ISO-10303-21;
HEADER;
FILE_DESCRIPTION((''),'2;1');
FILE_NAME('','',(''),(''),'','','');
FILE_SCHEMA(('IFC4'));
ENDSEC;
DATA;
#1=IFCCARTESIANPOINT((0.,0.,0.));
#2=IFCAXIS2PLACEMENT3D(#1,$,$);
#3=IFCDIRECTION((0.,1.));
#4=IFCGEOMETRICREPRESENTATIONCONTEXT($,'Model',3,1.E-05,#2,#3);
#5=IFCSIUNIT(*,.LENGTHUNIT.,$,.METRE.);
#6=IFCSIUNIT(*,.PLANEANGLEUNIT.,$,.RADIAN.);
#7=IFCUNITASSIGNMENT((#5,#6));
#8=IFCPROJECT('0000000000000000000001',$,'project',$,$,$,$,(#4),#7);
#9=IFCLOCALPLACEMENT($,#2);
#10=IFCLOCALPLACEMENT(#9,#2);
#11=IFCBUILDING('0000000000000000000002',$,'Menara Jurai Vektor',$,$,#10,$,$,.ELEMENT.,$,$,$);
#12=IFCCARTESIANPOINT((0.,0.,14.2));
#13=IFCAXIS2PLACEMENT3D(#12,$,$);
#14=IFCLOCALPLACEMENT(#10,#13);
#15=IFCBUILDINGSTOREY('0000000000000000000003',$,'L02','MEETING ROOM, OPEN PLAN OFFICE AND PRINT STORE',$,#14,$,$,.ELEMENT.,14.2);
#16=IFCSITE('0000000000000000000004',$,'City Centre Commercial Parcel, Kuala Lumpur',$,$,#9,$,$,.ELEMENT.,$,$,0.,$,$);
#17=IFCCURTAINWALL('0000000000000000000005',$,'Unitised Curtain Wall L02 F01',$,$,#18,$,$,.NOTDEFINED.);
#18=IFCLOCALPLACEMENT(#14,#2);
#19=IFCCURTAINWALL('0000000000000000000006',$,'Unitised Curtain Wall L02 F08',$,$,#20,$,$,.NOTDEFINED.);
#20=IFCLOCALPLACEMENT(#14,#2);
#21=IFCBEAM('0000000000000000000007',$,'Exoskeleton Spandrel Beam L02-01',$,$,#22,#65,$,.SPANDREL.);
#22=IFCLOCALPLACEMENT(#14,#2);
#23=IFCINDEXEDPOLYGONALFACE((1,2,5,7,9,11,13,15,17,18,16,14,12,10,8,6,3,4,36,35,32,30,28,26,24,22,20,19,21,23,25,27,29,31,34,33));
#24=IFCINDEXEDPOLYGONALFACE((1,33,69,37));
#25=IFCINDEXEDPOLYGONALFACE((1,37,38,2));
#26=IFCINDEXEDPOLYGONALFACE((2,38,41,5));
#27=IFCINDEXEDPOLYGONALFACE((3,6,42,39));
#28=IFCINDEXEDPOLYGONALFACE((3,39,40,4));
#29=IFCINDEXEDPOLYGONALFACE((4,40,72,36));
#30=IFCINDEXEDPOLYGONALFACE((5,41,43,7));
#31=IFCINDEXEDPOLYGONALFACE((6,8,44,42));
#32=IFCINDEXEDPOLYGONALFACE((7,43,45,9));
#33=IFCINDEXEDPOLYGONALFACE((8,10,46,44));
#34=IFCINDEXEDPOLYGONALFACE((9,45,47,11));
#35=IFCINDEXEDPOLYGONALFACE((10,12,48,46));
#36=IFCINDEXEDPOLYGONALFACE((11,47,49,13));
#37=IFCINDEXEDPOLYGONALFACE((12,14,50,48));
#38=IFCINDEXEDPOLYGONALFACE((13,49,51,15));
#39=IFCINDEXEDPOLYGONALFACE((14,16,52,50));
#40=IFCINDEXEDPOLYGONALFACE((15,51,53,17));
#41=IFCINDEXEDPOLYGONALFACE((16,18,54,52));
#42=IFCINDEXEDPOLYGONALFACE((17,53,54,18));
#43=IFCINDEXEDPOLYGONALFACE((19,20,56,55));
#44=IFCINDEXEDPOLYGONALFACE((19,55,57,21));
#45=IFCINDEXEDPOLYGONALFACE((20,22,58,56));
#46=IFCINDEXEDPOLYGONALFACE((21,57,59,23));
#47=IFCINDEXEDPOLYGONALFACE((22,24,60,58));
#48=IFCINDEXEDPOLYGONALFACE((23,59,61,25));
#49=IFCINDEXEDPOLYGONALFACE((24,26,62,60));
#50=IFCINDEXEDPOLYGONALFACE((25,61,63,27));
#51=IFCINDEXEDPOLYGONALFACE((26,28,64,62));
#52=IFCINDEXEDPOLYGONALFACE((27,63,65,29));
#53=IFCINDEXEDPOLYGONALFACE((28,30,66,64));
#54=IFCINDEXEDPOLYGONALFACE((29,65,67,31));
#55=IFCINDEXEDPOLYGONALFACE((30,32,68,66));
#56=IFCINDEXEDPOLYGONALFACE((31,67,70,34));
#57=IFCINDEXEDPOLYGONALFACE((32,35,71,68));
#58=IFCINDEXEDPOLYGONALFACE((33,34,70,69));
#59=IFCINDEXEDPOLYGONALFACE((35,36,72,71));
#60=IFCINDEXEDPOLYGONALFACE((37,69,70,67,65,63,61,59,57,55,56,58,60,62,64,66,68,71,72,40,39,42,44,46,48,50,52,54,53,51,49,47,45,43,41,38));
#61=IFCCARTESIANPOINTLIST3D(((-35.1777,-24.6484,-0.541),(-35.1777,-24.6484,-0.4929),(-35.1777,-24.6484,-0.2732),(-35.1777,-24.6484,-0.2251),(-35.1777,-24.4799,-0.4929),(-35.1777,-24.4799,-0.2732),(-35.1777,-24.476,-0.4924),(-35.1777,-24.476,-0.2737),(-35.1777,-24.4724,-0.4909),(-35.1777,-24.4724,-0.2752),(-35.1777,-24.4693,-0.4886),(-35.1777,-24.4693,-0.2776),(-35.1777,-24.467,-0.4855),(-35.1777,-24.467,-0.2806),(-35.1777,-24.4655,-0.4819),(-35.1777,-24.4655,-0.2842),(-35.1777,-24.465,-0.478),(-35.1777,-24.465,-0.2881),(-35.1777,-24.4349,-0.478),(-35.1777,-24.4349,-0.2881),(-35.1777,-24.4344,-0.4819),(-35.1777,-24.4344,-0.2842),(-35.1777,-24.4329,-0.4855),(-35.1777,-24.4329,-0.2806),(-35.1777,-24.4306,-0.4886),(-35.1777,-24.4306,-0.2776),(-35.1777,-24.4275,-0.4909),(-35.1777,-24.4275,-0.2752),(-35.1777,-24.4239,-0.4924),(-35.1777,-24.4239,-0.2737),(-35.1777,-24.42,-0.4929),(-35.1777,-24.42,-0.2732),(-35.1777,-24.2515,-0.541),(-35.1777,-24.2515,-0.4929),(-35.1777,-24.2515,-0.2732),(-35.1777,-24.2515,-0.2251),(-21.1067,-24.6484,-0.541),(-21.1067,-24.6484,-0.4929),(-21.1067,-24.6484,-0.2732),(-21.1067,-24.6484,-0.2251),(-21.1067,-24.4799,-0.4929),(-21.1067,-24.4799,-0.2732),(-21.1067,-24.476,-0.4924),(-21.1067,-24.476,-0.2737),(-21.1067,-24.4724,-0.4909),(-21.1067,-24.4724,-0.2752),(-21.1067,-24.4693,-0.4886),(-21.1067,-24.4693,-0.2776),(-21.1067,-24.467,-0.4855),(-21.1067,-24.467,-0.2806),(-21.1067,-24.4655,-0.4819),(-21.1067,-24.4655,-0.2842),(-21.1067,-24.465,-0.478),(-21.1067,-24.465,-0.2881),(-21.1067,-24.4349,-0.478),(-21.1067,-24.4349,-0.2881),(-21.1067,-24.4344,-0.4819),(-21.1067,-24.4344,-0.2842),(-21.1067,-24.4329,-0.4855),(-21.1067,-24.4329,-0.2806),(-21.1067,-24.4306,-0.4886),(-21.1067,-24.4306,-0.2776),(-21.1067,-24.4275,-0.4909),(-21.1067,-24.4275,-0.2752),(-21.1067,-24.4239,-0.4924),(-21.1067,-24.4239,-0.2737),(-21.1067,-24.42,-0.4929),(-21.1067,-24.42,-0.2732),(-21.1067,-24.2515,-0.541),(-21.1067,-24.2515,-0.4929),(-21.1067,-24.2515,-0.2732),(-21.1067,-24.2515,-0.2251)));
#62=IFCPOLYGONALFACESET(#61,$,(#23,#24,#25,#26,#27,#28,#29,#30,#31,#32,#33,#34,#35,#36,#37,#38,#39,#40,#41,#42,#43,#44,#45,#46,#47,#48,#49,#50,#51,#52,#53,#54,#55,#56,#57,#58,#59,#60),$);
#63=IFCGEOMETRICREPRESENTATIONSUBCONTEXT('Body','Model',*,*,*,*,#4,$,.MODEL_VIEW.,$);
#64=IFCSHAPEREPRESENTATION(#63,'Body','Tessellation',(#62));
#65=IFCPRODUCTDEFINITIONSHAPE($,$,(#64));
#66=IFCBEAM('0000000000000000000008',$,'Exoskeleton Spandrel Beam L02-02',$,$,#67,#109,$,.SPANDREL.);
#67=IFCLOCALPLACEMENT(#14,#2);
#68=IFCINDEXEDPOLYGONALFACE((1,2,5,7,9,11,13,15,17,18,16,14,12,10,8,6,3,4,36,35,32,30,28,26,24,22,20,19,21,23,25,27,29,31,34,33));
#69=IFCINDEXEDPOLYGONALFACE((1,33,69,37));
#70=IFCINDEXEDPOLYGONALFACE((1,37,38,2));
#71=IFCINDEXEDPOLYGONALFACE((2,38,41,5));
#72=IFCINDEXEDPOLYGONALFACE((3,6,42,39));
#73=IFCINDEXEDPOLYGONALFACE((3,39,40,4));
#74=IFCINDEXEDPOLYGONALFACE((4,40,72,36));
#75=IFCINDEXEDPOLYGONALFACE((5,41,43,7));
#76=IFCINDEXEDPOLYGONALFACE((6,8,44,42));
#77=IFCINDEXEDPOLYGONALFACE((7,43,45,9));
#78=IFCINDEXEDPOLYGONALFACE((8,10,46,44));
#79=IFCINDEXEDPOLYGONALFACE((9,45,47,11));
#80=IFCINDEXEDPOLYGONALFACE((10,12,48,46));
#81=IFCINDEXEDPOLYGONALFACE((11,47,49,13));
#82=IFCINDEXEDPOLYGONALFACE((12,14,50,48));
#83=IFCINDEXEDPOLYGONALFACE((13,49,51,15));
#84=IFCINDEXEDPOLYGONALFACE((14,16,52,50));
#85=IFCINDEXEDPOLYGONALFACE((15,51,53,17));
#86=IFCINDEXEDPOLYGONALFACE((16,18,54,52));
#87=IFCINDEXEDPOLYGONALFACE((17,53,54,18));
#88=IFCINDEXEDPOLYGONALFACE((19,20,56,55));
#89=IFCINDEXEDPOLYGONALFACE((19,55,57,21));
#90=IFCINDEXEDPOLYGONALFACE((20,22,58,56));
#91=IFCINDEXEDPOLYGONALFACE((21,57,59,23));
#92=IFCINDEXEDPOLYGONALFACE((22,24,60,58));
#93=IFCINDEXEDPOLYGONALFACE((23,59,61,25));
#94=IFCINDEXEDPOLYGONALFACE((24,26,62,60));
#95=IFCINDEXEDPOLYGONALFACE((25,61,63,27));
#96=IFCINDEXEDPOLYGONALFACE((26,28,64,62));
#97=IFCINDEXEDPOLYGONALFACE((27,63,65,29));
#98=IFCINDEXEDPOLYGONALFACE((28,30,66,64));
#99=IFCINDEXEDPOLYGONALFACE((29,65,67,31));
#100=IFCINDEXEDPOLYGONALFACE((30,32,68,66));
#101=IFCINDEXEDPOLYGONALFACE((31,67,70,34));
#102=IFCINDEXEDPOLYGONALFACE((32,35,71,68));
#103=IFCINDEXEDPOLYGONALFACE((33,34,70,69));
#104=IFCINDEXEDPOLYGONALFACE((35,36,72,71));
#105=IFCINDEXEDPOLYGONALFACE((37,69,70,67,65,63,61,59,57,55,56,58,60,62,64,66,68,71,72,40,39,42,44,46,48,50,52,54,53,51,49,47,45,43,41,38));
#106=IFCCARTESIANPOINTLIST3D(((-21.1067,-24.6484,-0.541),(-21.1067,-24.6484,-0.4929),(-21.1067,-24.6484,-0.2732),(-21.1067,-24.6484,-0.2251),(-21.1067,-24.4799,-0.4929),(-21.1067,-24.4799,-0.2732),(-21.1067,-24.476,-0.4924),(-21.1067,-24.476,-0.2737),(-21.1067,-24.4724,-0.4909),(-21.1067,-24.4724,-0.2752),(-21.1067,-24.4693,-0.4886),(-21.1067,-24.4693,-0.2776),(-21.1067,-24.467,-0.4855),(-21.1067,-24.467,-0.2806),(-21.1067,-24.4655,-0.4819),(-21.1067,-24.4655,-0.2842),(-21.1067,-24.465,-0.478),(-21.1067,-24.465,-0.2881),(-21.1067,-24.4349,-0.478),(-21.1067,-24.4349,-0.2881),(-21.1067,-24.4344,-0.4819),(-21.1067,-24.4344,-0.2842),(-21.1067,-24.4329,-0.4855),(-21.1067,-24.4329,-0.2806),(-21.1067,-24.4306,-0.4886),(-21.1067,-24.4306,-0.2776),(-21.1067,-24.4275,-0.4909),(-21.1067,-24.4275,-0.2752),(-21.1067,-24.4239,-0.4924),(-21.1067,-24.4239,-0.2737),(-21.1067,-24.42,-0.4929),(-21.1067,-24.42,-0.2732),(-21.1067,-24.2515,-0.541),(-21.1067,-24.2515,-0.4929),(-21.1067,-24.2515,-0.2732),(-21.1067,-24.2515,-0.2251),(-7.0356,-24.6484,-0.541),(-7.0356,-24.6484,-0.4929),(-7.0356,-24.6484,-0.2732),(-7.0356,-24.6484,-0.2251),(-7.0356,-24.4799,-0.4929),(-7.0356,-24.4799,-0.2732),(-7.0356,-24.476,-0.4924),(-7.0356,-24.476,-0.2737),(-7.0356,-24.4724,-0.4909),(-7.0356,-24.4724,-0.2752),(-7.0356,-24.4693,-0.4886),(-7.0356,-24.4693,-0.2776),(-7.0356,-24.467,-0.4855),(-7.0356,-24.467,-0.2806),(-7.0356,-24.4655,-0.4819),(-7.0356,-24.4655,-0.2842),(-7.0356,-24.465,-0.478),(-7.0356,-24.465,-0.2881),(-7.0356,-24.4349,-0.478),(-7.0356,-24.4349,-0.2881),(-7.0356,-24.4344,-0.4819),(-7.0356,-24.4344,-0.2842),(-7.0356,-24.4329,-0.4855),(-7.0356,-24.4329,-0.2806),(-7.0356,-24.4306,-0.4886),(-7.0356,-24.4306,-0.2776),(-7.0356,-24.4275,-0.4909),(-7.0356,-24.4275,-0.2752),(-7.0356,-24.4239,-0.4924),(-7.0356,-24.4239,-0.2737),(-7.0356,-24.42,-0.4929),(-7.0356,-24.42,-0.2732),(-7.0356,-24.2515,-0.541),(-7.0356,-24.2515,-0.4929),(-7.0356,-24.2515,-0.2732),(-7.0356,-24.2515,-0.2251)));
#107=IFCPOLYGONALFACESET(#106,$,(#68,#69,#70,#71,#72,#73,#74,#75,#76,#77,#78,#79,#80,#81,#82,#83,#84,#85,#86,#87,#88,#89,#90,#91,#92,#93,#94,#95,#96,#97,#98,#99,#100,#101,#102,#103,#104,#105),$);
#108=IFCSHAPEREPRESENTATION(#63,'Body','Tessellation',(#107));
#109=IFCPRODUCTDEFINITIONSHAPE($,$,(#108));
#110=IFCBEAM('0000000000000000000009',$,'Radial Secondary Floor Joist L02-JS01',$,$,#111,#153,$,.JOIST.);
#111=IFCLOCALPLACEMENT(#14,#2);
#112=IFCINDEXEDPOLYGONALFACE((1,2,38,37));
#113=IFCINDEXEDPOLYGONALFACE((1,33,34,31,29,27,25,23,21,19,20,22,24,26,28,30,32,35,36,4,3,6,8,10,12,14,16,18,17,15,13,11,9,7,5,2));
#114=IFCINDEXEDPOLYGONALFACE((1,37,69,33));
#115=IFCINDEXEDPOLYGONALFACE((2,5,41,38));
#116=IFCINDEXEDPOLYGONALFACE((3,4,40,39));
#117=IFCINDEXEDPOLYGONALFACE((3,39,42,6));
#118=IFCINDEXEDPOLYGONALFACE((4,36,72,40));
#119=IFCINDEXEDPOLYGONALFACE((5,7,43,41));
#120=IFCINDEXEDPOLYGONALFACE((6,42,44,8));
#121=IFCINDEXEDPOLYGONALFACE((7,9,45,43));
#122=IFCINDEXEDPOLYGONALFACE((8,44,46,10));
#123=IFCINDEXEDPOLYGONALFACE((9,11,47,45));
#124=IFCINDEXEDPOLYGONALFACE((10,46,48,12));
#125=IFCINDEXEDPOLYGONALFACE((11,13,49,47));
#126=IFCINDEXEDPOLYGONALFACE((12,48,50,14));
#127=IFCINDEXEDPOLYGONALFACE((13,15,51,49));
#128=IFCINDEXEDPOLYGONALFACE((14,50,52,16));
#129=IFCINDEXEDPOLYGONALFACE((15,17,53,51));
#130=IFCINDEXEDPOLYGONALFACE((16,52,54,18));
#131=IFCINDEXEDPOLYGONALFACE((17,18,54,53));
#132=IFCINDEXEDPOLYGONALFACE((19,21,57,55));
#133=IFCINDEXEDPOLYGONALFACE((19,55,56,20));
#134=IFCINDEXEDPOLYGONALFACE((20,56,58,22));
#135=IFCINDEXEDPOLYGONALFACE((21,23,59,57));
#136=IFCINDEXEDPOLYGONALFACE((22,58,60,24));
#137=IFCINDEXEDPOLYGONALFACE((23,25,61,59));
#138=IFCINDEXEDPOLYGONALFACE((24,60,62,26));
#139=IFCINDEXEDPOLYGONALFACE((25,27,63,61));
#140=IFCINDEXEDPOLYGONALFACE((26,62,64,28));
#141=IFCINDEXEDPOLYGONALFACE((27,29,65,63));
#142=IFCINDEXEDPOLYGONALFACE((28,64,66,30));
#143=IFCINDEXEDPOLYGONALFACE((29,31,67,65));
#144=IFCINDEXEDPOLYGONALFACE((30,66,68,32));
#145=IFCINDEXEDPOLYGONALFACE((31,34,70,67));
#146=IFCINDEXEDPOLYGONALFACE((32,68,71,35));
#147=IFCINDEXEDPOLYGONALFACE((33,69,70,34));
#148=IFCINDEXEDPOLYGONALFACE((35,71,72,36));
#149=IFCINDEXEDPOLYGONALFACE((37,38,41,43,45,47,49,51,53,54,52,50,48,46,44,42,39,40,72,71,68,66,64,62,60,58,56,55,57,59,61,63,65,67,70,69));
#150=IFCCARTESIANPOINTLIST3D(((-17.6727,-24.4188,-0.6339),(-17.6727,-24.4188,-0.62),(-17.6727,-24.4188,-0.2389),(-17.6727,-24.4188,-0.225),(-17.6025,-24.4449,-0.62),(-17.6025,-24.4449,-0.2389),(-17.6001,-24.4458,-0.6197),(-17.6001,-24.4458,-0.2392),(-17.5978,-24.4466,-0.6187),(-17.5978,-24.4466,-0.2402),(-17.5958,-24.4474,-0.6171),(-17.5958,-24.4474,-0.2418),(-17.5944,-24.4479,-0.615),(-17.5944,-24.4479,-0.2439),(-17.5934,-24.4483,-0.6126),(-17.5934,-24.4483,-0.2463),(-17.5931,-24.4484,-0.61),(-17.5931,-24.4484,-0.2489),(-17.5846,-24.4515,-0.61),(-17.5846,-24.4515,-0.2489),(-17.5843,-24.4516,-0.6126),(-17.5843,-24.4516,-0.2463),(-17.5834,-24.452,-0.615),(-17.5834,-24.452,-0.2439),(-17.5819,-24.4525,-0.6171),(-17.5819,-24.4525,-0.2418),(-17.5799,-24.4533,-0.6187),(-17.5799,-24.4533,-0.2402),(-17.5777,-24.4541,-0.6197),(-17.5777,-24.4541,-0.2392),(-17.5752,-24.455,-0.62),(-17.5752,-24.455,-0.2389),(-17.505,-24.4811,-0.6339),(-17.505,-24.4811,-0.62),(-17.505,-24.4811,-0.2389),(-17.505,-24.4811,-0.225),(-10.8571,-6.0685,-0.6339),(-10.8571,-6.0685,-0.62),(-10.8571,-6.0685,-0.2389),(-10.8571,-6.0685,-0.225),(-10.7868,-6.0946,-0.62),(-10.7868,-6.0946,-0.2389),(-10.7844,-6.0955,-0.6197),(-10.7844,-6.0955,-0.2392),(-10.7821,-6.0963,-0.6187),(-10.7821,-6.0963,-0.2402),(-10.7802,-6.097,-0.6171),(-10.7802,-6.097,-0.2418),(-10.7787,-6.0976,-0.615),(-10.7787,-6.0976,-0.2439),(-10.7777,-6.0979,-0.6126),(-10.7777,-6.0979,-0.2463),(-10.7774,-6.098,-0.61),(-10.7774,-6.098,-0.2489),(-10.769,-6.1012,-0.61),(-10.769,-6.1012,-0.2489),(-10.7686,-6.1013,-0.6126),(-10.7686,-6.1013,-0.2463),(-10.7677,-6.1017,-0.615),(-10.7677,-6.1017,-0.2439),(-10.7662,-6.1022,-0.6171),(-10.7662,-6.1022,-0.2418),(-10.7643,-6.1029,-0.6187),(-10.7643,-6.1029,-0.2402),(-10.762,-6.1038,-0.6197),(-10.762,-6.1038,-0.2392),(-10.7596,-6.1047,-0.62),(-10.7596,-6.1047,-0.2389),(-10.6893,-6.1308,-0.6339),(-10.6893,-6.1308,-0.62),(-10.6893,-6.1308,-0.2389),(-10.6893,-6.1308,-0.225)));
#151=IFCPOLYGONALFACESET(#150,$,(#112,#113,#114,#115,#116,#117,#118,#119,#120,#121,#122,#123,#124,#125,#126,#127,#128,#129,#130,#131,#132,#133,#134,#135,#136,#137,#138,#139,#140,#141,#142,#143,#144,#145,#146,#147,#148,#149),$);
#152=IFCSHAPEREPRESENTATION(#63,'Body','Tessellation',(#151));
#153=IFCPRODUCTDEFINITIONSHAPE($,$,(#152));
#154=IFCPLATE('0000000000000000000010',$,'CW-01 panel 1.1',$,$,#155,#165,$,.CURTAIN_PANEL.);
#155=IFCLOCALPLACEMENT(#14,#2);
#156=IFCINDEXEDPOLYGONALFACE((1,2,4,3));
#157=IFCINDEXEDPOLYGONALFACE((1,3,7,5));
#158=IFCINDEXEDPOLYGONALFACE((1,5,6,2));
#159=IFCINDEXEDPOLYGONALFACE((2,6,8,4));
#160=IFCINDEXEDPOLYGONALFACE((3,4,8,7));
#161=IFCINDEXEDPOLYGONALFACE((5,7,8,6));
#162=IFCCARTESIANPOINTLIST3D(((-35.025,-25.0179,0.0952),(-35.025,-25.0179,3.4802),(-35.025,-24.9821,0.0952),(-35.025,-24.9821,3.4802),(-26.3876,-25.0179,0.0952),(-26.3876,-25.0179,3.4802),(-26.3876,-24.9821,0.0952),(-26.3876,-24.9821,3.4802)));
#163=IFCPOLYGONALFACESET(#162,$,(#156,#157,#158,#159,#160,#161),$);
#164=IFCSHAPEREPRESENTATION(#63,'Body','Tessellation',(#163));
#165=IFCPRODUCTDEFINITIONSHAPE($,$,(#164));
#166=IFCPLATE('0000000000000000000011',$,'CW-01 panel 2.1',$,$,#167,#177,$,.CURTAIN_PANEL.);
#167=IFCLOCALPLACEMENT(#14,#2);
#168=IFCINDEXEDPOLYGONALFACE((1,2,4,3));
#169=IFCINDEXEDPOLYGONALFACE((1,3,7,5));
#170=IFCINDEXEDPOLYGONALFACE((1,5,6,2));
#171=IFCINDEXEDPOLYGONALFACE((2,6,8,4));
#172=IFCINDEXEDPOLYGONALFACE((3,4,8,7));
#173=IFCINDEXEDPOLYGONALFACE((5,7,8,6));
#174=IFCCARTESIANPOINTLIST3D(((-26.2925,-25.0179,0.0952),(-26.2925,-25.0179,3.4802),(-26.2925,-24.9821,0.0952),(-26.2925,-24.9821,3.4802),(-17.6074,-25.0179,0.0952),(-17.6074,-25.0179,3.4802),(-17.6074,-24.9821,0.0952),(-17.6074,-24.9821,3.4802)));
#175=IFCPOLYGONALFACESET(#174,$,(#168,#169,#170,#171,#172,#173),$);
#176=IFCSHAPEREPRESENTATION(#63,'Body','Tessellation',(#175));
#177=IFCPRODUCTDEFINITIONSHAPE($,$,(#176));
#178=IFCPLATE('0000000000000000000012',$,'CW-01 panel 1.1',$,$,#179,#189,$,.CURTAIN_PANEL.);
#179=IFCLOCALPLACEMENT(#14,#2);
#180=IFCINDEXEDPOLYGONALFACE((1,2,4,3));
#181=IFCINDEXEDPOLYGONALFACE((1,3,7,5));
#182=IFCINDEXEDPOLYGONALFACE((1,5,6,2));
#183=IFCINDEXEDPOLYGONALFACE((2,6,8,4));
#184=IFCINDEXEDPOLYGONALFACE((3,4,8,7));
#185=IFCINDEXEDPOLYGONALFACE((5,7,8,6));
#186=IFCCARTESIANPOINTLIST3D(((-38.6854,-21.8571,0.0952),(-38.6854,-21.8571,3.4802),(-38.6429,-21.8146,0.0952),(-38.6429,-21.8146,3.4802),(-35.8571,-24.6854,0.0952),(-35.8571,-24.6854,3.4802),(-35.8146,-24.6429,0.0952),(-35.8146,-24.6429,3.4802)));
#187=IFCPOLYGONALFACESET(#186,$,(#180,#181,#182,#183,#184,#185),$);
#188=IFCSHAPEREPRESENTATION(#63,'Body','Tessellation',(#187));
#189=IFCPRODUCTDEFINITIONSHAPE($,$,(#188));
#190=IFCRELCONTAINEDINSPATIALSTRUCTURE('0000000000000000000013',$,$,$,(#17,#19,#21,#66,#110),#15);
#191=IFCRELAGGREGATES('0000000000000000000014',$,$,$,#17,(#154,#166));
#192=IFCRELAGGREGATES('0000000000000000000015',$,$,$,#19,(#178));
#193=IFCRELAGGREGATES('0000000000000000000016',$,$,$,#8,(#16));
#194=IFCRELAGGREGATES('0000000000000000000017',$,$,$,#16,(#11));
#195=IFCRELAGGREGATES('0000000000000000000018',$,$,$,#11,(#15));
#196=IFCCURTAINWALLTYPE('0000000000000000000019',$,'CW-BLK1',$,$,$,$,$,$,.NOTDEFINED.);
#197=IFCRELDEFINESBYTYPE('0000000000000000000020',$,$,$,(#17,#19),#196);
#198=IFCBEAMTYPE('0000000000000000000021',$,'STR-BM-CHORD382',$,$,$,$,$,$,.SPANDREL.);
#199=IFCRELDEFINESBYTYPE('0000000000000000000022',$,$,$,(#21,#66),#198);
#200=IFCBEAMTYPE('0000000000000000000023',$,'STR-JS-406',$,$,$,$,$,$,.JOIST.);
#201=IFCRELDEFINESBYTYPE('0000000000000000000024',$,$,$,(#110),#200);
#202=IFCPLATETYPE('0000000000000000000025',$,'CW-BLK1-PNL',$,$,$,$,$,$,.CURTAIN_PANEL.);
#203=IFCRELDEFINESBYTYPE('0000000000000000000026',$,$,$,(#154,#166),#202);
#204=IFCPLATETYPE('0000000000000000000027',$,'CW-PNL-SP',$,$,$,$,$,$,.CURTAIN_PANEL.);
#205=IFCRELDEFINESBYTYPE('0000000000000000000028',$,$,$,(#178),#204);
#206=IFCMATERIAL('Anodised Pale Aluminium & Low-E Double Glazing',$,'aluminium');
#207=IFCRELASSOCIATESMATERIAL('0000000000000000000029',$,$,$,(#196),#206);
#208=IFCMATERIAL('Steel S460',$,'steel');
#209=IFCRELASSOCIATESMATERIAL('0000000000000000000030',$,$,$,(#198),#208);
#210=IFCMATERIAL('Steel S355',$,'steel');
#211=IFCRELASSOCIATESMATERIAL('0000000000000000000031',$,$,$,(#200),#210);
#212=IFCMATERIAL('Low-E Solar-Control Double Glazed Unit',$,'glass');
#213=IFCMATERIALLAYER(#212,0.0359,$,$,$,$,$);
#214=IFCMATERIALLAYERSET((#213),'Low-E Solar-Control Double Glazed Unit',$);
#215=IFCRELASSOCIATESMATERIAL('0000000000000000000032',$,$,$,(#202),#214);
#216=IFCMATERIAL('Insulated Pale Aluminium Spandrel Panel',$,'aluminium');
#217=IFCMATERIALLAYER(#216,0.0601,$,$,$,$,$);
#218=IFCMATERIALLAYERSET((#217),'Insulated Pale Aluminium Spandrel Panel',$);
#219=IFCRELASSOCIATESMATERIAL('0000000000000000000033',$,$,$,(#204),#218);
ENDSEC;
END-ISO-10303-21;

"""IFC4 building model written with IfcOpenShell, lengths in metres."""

from ifc_helpers import new_model, si_unit, direction, frame, origin, origin_2d, place, context, subcontext, project, spatial, rectangle, i_section, extrude, material, layer, layer_set, material_profile, profile_set, type_object, element, aggregate, save


model = new_model("IFC4")

# Units and contexts
model_context = context("Model", 3, precision=1e-05, world=origin(), true_north=direction((0.0, 1.0)))
body_context = subcontext(model_context, "Body", "Model", "MODEL_VIEW")
ifc_project = project(units=[si_unit("LENGTHUNIT", "METRE"), si_unit("PLANEANGLEUNIT", "RADIAN")], contexts=[model_context])

# Site, building, storey
site_placement = place(None, origin())
site = spatial("IfcSite", under=ifc_project, at=site_placement, Name="City Centre Commercial Parcel, Kuala Lumpur", CompositionType="ELEMENT", RefElevation=0.0)
building_placement = place(site_placement, origin())
building = spatial("IfcBuilding", under=site, at=building_placement, Name="Menara Jurai Vektor", CompositionType="ELEMENT")
storey_placement = place(building_placement, frame((0.0, 0.0, 14.2)))
storey = spatial("IfcBuildingStorey", under=building, at=storey_placement, Name="L02", Description="MEETING ROOM, OPEN PLAN OFFICE AND PRINT STORE", CompositionType="ELEMENT", Elevation=14.2)

# Shared definitions
ifc_material_1 = material(Name="Steel S460", Category="steel")

# Curtain wall
ifc_material_2 = material(Name="Anodised Pale Aluminium & Low-E Double Glazing", Category="aluminium")
curtain_wall_type = type_object("IfcCurtainWallType", Name="CW-BLK1", PredefinedType="NOTDEFINED", material=ifc_material_2)
curtain_wall_1_placement = place(storey_placement, origin())
curtain_wall_1 = element("IfcCurtainWall", 1, at=curtain_wall_1_placement, inside=storey, type_object=curtain_wall_type, Name="Unitised Curtain Wall L02 F01", PredefinedType="NOTDEFINED")

# Curtain wall
curtain_wall_2_placement = place(storey_placement, origin())
curtain_wall_2 = element("IfcCurtainWall", 2, at=curtain_wall_2_placement, inside=storey, type_object=curtain_wall_type, Name="Unitised Curtain Wall L02 F08", PredefinedType="NOTDEFINED")

# Beams
ifc_material_3 = material(Name="Steel S355", Category="steel")
ifc_material_profile_1 = material_profile(ifc_material_1, i_section(OverallWidth=0.397, OverallDepth=0.3159, WebThickness=0.03, FlangeThickness=0.0481, FilletRadius=0.0149, at=origin_2d()), Name="HD 400x382")
ifc_profile_set_1 = profile_set([ifc_material_profile_1], Name="Steel S460")
beam_type_1 = type_object("IfcBeamType", Name="STR-BM-CHORD382", PredefinedType="SPANDREL", material=ifc_profile_set_1)
for number, where, z_axis, x_axis, name in (
    (3, (-35.1777, -24.45, -0.3831), (1.0, 0.0, 0.0), (0.0, 1.0, 0.0), "Exoskeleton Spandrel Beam L02-01"),
    (4, (-21.1067, -24.45, -0.3831), (1.0, 0.0, 0.0), (0.0, 1.0, 0.0), "Exoskeleton Spandrel Beam L02-02"),
):
    element("IfcBeam", number, at=place(storey_placement, frame(where, z_axis=z_axis, x_axis=x_axis)), inside=storey, type_object=beam_type_1, Name=name, PredefinedType="SPANDREL", context=body_context, shape_type="SweptSolid", body=[
        extrude(i_section(OverallWidth=0.397, OverallDepth=0.3159, WebThickness=0.03, FlangeThickness=0.0481, FilletRadius=0.0149, at=origin_2d()), origin(), (0.0, 0.0, 1.0), 14.071),
    ])
ifc_material_profile_2 = material_profile(ifc_material_3, i_section(OverallWidth=0.179, OverallDepth=0.4089, WebThickness=0.009, FlangeThickness=0.0139, FilletRadius=0.01, at=origin_2d()), Name="UKB 406x178x67")
ifc_profile_set_2 = profile_set([ifc_material_profile_2], Name="Steel S355")
beam_type_2 = type_object("IfcBeamType", Name="STR-JS-406", PredefinedType="JOIST", material=ifc_profile_set_2)
beam_1_placement = place(storey_placement, frame((-17.5889, -24.45, -0.4294), z_axis=(0.348179, 0.937428, 0.0), x_axis=(-0.937428, 0.348179, 0.0)))
element("IfcBeam", 5, at=beam_1_placement, inside=storey, type_object=beam_type_2, Name="Radial Secondary Floor Joist L02-JS01", PredefinedType="JOIST", context=body_context, shape_type="SweptSolid", body=[
    extrude(i_section(OverallWidth=0.179, OverallDepth=0.4089, WebThickness=0.009, FlangeThickness=0.0139, FilletRadius=0.01, at=origin_2d()), origin(), (0.0, 0.0, 1.0), 19.5752),
])

# Plates
ifc_material_4 = material(Name="Low-E Solar-Control Double Glazed Unit", Category="glass")
ifc_layer_1 = layer(ifc_material_4, 0.0359)
ifc_layer_set_1 = layer_set([ifc_layer_1], Name="Low-E Solar-Control Double Glazed Unit")
plate_type_1 = type_object("IfcPlateType", Name="CW-BLK1-PNL", PredefinedType="CURTAIN_PANEL", material=ifc_layer_set_1)
plate_1_placement = place(storey_placement, frame((-30.7063, -25.0, 0.0952), z_axis=(0.0, 0.0, 1.0), x_axis=(1.0, 0.0, 0.0)))
plate_1 = element("IfcPlate", 6, at=plate_1_placement, type_object=plate_type_1, Name="CW-01 panel 1.1", PredefinedType="CURTAIN_PANEL", context=body_context, shape_type="SweptSolid", body=[
    extrude(rectangle(XDim=8.6375, YDim=0.0359, at=origin_2d()), origin(), (0.0, 0.0, 1.0), 3.385),
])
plate_2_placement = place(storey_placement, frame((-21.95, -25.0, 0.0952), z_axis=(0.0, 0.0, 1.0), x_axis=(1.0, 0.0, 0.0)))
plate_2 = element("IfcPlate", 7, at=plate_2_placement, type_object=plate_type_1, Name="CW-01 panel 2.1", PredefinedType="CURTAIN_PANEL", context=body_context, shape_type="SweptSolid", body=[
    extrude(rectangle(XDim=8.6851, YDim=0.0359, at=origin_2d()), origin(), (0.0, 0.0, 1.0), 3.385),
])
aggregate(curtain_wall_1, [plate_1, plate_2])
ifc_material_5 = material(Name="Insulated Pale Aluminium Spandrel Panel", Category="aluminium")
ifc_layer_2 = layer(ifc_material_5, 0.0601)
ifc_layer_set_2 = layer_set([ifc_layer_2], Name="Insulated Pale Aluminium Spandrel Panel")
plate_type_2 = type_object("IfcPlateType", Name="CW-PNL-SP", PredefinedType="CURTAIN_PANEL", material=ifc_layer_set_2)
plate_3_placement = place(storey_placement, frame((-37.25, -23.25, 0.0952), z_axis=(0.0, 0.0, 1.0), x_axis=(0.707107, -0.707107, 0.0)))
plate_3 = element("IfcPlate", 8, at=plate_3_placement, type_object=plate_type_2, Name="CW-01 panel 1.1", PredefinedType="CURTAIN_PANEL", context=body_context, shape_type="SweptSolid", body=[
    extrude(rectangle(XDim=3.9998, YDim=0.0601, at=origin_2d()), origin(), (0.0, 0.0, 1.0), 3.385),
])
aggregate(curtain_wall_2, [plate_3])

save(model, "model.ifc")
